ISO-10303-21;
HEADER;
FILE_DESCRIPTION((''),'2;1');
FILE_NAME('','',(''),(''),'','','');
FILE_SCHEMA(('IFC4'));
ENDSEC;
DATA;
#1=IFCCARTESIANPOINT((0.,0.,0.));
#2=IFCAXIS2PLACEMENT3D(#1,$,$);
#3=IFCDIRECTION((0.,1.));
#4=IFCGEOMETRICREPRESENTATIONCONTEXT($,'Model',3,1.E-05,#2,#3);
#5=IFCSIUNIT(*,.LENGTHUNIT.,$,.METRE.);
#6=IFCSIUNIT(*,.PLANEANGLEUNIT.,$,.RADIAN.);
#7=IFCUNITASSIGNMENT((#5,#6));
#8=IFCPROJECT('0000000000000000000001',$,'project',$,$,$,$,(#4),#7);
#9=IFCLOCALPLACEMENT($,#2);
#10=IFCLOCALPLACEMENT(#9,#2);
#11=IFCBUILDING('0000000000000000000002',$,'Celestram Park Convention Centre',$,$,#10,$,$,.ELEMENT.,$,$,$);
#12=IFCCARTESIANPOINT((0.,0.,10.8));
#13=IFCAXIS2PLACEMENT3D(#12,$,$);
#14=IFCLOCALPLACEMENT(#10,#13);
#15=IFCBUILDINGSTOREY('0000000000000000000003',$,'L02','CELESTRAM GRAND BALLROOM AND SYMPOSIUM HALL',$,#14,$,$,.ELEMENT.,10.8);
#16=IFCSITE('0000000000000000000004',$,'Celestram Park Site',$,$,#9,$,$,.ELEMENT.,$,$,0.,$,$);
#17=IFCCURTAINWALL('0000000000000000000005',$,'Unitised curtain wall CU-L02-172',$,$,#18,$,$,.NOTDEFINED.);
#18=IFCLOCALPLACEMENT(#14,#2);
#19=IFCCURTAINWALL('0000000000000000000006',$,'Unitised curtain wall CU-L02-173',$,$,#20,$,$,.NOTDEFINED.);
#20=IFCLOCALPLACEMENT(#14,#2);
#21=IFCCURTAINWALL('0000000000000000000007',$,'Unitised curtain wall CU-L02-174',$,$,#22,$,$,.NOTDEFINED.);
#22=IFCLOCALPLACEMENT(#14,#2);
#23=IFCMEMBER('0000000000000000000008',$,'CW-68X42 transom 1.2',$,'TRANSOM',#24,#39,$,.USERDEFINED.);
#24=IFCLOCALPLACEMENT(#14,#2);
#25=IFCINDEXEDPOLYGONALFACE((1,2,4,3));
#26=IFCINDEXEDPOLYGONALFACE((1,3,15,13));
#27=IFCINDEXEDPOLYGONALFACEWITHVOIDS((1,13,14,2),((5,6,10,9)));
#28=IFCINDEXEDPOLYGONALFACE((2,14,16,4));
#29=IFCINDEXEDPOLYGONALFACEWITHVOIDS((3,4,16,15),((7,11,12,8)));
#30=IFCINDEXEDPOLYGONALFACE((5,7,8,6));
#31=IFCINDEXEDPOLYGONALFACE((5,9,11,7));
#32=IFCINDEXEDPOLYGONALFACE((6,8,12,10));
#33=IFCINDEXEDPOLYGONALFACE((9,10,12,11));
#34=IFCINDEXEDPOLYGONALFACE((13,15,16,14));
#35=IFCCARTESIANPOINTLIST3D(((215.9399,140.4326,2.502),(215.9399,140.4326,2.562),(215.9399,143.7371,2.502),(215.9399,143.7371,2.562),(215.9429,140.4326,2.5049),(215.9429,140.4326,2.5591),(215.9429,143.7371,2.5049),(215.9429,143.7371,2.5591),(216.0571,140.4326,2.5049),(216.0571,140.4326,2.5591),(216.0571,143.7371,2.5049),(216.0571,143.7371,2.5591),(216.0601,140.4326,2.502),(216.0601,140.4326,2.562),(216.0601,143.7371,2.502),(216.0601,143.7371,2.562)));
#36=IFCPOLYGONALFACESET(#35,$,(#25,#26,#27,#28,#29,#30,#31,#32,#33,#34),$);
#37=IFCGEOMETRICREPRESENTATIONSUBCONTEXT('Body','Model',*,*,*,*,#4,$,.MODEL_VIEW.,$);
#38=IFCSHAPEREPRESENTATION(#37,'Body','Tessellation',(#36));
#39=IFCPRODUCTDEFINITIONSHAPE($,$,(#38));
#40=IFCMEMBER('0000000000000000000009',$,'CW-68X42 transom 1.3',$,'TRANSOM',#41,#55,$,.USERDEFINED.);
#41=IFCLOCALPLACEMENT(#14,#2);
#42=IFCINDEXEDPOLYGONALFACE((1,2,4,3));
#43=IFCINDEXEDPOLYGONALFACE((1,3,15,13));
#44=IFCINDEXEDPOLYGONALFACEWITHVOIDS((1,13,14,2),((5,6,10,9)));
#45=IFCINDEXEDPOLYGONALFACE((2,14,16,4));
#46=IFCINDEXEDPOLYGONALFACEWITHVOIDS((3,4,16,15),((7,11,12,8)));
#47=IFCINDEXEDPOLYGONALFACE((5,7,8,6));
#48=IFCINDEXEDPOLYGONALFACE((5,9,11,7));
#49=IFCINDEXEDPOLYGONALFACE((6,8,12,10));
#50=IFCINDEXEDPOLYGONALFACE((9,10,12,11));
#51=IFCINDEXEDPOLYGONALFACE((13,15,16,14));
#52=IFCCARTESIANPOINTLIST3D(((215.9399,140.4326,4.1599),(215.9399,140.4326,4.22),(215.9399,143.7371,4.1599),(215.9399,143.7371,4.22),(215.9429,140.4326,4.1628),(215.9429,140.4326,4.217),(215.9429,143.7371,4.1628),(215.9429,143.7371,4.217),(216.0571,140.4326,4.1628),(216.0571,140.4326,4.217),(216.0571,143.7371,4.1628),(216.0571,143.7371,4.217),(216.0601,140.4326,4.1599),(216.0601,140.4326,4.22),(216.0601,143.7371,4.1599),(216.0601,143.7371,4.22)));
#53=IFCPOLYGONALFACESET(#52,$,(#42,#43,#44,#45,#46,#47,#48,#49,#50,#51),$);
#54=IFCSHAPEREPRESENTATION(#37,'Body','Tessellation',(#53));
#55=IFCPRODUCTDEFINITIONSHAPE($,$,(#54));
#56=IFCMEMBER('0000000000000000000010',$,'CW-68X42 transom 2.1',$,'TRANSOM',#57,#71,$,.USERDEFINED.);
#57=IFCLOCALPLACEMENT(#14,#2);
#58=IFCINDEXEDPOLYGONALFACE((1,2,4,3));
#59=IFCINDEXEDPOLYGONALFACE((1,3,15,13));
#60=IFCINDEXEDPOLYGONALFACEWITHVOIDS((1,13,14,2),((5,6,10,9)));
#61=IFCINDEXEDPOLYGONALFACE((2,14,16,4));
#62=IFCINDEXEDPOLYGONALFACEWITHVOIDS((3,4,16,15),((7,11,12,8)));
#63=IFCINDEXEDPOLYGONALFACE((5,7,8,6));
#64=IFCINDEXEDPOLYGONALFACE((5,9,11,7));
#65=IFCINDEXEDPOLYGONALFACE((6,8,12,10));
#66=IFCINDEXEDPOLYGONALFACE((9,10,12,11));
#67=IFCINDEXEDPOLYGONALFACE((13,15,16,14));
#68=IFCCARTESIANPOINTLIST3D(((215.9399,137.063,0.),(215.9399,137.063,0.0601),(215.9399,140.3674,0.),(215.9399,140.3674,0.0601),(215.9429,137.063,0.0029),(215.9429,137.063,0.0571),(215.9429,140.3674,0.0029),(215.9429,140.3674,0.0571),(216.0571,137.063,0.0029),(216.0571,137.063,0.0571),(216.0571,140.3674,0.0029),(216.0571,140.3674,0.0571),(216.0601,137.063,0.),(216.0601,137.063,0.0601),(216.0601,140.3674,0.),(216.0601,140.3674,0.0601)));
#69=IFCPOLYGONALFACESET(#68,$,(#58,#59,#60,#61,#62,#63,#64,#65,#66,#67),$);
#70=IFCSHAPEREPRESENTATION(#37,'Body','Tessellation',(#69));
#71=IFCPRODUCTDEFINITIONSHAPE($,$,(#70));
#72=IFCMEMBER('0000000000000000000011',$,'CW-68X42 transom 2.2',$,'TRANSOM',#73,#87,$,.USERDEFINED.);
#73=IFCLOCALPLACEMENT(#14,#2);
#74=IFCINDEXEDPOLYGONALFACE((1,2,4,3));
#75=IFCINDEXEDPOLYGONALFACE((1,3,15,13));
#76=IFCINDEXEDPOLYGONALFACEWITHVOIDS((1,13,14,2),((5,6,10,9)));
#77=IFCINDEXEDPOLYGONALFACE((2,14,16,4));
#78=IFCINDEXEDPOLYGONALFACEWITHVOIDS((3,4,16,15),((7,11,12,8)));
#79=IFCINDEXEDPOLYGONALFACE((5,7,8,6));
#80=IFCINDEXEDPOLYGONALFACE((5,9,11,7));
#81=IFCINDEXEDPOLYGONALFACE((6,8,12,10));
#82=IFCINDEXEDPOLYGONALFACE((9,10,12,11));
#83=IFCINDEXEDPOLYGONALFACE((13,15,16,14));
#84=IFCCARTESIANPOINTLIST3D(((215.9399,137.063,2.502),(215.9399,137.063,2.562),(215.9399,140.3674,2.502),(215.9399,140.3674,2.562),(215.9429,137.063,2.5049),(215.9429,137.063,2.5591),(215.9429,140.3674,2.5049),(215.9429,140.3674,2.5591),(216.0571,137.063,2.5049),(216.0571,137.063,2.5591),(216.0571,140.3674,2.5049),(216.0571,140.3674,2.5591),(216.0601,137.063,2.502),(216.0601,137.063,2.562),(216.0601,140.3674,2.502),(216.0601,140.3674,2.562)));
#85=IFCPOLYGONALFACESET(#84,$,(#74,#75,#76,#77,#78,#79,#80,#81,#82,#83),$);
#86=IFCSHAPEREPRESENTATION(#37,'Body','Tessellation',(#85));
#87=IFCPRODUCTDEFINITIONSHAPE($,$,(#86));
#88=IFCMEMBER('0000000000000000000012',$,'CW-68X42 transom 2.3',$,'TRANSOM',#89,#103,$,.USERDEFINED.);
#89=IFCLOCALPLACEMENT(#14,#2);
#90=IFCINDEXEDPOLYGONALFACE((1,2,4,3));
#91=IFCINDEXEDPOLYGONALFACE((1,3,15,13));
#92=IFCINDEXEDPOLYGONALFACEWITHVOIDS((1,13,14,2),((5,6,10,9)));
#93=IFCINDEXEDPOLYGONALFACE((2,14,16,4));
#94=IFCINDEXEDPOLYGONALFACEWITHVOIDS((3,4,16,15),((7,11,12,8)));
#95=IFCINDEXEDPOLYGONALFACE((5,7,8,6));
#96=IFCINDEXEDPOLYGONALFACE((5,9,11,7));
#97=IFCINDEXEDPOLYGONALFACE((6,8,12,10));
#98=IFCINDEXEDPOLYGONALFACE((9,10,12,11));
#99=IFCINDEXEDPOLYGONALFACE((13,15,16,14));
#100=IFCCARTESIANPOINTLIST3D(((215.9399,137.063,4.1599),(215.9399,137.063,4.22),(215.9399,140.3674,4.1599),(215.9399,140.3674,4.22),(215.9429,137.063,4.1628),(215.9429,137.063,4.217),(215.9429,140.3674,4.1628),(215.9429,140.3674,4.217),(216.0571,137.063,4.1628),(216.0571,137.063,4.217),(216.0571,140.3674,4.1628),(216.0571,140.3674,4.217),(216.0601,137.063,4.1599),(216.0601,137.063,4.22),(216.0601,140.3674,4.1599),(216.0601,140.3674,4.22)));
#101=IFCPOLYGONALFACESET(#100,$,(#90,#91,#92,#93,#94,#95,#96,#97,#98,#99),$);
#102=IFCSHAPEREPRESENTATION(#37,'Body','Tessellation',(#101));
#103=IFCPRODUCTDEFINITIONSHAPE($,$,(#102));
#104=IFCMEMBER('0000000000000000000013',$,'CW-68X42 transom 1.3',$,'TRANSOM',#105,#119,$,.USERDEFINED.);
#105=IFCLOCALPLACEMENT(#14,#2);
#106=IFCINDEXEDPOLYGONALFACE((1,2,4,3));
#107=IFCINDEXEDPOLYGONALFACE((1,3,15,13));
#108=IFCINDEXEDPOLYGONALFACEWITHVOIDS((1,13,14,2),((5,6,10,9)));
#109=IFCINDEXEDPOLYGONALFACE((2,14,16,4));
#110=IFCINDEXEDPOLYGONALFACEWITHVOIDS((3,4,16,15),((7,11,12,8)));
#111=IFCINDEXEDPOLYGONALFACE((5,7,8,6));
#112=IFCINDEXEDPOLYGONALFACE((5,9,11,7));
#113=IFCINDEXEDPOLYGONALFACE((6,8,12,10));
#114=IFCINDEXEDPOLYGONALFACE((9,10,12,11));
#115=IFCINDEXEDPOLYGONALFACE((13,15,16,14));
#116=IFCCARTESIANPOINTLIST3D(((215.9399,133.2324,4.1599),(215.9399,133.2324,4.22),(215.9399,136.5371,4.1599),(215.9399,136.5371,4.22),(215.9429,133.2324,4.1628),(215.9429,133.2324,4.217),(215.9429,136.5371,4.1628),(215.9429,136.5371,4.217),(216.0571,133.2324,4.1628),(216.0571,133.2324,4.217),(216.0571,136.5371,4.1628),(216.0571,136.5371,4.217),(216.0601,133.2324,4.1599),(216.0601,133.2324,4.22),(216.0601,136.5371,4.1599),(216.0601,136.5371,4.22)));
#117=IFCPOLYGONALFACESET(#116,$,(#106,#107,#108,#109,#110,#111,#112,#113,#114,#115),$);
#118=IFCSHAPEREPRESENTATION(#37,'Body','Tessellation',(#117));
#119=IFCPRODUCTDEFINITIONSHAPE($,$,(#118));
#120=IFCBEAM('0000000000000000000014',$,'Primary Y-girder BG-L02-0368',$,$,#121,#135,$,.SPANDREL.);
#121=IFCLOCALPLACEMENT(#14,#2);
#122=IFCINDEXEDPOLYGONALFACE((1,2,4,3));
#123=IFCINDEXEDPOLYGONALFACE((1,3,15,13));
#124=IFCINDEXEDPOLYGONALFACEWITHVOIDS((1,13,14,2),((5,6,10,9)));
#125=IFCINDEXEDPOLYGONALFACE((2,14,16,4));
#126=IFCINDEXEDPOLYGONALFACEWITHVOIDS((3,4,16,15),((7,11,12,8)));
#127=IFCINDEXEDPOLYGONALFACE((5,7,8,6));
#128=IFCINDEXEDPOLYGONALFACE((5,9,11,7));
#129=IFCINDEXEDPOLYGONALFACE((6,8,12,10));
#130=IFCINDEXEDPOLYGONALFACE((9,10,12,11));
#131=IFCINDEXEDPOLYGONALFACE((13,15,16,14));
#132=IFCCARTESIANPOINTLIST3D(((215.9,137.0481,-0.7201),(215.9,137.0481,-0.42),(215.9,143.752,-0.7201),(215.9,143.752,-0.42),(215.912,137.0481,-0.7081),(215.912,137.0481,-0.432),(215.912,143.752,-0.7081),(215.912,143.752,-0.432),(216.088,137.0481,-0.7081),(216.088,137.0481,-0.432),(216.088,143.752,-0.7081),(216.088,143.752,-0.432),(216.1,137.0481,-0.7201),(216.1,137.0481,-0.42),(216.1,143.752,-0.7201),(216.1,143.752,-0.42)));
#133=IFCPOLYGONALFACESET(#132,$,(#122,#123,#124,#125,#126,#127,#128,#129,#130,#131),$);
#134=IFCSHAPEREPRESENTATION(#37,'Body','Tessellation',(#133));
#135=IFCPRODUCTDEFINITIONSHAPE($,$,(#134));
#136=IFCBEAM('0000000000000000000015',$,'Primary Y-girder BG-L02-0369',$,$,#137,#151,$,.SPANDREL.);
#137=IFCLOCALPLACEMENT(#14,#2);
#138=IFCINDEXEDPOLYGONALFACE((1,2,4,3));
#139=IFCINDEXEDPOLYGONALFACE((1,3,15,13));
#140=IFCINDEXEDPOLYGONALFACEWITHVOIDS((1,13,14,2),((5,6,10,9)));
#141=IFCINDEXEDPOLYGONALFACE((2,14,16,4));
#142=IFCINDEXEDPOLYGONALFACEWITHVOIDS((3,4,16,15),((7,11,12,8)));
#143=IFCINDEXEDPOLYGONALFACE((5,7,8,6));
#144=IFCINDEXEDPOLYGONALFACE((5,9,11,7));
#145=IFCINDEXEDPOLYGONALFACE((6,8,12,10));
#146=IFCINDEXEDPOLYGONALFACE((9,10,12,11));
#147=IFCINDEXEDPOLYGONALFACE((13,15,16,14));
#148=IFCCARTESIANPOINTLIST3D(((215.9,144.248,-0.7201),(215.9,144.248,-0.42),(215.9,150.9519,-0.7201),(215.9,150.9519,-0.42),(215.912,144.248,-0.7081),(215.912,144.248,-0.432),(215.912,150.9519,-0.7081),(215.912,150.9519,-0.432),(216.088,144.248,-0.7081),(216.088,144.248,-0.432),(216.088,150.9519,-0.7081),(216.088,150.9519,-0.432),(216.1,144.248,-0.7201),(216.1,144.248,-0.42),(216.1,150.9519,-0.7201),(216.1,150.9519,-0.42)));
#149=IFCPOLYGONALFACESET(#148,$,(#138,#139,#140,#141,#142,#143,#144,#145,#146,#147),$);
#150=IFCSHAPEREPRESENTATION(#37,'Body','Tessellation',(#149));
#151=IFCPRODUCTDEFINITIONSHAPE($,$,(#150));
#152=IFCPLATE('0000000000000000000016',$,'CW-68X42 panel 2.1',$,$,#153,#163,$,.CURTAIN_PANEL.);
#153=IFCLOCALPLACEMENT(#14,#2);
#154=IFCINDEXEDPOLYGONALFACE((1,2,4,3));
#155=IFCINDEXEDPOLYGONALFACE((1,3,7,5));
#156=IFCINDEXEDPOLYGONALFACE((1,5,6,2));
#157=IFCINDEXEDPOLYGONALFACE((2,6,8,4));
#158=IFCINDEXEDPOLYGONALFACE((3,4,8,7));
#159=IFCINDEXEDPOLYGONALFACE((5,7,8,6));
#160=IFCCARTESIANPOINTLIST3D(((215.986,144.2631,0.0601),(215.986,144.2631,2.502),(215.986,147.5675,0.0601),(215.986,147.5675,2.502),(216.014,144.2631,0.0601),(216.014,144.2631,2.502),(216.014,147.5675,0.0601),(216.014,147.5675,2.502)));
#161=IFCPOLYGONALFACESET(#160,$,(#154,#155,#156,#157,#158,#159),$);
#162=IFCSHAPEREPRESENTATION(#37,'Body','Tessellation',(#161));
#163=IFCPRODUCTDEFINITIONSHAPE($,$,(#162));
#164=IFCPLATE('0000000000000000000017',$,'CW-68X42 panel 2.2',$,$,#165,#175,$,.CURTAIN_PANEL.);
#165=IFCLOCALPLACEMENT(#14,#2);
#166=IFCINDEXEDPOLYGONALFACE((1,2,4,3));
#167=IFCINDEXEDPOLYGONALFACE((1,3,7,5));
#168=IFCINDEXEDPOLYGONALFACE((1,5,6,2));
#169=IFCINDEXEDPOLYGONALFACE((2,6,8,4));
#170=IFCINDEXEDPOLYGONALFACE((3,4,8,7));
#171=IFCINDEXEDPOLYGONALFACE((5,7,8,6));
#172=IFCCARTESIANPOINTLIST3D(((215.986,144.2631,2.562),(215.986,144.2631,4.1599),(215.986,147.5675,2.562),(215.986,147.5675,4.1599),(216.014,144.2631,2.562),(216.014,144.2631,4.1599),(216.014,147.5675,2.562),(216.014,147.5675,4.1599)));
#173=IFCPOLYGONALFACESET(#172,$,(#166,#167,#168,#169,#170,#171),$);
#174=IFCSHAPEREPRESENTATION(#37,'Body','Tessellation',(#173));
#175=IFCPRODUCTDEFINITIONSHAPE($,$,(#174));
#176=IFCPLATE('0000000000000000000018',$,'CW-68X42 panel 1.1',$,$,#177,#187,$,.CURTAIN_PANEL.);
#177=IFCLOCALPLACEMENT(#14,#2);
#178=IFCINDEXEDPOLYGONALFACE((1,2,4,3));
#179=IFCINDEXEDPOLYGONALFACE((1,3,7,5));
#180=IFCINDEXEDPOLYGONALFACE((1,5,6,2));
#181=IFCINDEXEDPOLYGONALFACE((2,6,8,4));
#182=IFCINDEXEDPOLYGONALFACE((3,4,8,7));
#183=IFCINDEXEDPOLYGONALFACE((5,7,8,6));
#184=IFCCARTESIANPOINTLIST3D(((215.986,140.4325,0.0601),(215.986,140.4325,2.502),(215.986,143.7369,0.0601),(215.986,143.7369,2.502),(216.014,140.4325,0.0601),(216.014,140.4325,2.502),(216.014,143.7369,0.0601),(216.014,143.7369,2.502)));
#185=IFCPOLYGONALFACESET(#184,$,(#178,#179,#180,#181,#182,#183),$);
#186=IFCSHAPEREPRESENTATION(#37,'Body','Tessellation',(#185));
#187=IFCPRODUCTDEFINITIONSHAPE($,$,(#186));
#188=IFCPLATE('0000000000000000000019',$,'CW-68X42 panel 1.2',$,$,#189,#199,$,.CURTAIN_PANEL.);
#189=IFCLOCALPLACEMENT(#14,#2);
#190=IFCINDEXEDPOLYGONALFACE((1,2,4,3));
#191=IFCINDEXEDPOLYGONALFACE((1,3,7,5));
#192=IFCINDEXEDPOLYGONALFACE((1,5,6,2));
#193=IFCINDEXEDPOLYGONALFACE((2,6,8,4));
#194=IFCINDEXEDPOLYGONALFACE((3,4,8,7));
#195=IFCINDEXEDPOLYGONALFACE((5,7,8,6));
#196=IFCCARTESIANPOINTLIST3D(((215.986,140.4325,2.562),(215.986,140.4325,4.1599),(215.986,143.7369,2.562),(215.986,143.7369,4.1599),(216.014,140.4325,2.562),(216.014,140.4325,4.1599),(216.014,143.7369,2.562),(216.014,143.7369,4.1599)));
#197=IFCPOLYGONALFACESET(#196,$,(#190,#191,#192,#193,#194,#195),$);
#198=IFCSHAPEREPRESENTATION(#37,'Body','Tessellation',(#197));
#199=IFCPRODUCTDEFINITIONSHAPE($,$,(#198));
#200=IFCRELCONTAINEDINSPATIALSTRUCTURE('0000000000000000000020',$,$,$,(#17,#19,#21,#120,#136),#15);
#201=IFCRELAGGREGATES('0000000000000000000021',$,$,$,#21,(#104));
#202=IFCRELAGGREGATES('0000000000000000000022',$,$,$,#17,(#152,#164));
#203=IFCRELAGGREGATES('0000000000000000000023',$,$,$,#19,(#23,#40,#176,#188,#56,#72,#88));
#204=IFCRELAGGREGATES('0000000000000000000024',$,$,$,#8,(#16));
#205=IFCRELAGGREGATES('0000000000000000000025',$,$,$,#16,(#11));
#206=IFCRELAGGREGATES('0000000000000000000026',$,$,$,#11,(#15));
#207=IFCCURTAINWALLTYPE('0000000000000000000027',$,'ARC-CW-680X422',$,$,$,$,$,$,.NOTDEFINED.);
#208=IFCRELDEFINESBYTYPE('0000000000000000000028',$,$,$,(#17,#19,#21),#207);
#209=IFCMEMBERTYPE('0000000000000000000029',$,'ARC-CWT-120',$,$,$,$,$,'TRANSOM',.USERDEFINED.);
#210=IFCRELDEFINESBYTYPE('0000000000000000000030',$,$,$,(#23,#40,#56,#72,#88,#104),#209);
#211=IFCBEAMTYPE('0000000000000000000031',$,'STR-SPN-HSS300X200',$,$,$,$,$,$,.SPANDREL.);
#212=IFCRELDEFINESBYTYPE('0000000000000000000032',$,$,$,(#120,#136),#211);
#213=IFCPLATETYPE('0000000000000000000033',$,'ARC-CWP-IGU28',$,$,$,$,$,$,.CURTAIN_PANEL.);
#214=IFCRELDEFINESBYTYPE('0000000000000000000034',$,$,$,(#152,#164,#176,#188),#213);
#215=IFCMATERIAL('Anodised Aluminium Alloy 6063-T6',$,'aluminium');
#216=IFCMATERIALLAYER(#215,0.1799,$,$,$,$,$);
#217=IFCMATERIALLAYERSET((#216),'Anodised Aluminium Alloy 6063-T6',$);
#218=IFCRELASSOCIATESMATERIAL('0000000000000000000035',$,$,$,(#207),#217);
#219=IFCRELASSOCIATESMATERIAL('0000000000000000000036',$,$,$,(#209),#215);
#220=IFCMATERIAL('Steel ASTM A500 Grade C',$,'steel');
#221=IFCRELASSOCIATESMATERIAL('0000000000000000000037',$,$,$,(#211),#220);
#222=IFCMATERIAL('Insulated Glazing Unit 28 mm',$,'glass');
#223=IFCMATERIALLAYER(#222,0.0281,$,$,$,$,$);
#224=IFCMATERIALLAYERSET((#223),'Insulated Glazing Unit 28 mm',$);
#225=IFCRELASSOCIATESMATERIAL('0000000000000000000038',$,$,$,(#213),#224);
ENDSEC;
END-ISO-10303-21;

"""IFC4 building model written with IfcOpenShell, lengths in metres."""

from ifc_helpers import new_model, si_unit, direction, frame, origin, origin_2d, place, context, subcontext, project, spatial, rectangle, hollow_rectangle, extrude, material, layer, layer_set, material_profile, profile_set, type_object, element, aggregate, save


model = new_model("IFC4")

# Units and contexts
model_context = context("Model", 3, precision=1e-05, world=origin(), true_north=direction((0.0, 1.0)))
body_context = subcontext(model_context, "Body", "Model", "MODEL_VIEW")
ifc_project = project(units=[si_unit("LENGTHUNIT", "METRE"), si_unit("PLANEANGLEUNIT", "RADIAN")], contexts=[model_context])

# Site, building, storey
site_placement = place(None, origin())
site = spatial("IfcSite", under=ifc_project, at=site_placement, Name="Celestram Park Site", CompositionType="ELEMENT", RefElevation=0.0)
building_placement = place(site_placement, origin())
building = spatial("IfcBuilding", under=site, at=building_placement, Name="Celestram Park Convention Centre", CompositionType="ELEMENT")
storey_placement = place(building_placement, frame((0.0, 0.0, 10.8)))
storey = spatial("IfcBuildingStorey", under=building, at=storey_placement, Name="L02", Description="CELESTRAM GRAND BALLROOM AND SYMPOSIUM HALL", CompositionType="ELEMENT", Elevation=10.8)

# Shared definitions
ifc_material_1 = material(Name="Steel ASTM A500 Grade C", Category="steel")

# Curtain wall
ifc_material_2 = material(Name="Anodised Aluminium Alloy 6063-T6", Category="aluminium")
ifc_layer_1 = layer(ifc_material_2, 0.1799)
ifc_layer_set_1 = layer_set([ifc_layer_1], Name="Anodised Aluminium Alloy 6063-T6")
curtain_wall_type = type_object("IfcCurtainWallType", Name="ARC-CW-680X422", PredefinedType="NOTDEFINED", material=ifc_layer_set_1)
curtain_wall_1_placement = place(storey_placement, origin())
curtain_wall_1 = element("IfcCurtainWall", 1, at=curtain_wall_1_placement, inside=storey, type_object=curtain_wall_type, Name="Unitised curtain wall CU-L02-172", PredefinedType="NOTDEFINED")

# Curtain wall
curtain_wall_2_placement = place(storey_placement, origin())
curtain_wall_2 = element("IfcCurtainWall", 2, at=curtain_wall_2_placement, inside=storey, type_object=curtain_wall_type, Name="Unitised curtain wall CU-L02-173", PredefinedType="NOTDEFINED")

# Curtain wall
curtain_wall_3_placement = place(storey_placement, origin())
curtain_wall_3 = element("IfcCurtainWall", 3, at=curtain_wall_3_placement, inside=storey, type_object=curtain_wall_type, Name="Unitised curtain wall CU-L02-174", PredefinedType="NOTDEFINED")

# Members
ifc_material_profile_1 = material_profile(ifc_material_2, hollow_rectangle(XDim=0.1201, YDim=0.0601, WallThickness=0.0029, at=origin_2d()), Name="ALU120X60X3")
ifc_profile_set_1 = profile_set([ifc_material_profile_1], Name="Anodised Aluminium Alloy 6063-T6")
member_type_1 = type_object("IfcMemberType", Name="ARC-CWT-120", ElementType="TRANSOM", PredefinedType="USERDEFINED", material=ifc_profile_set_1)
member_1_placement = place(storey_placement, frame((216.0, 143.7371, 2.532), z_axis=(0.0, -1.0, 0.0), x_axis=(1.0, 0.0, 0.0)))
member_1 = element("IfcMember", 4, at=member_1_placement, type_object=member_type_1, Name="CW-68X42 transom 1.2", ObjectType="TRANSOM", PredefinedType="USERDEFINED", context=body_context, shape_type="SweptSolid", body=[
    extrude(hollow_rectangle(XDim=0.1201, YDim=0.0601, WallThickness=0.0029, at=origin_2d()), origin(), (0.0, 0.0, 1.0), 3.3044),
])
member_2_placement = place(storey_placement, frame((216.0, 143.7371, 4.1899), z_axis=(0.0, -1.0, 0.0), x_axis=(1.0, 0.0, 0.0)))
member_2 = element("IfcMember", 5, at=member_2_placement, type_object=member_type_1, Name="CW-68X42 transom 1.3", ObjectType="TRANSOM", PredefinedType="USERDEFINED", context=body_context, shape_type="SweptSolid", body=[
    extrude(hollow_rectangle(XDim=0.1201, YDim=0.0601, WallThickness=0.0029, at=origin_2d()), origin(), (0.0, 0.0, 1.0), 3.3044),
])
member_3_placement = place(storey_placement, frame((216.0, 140.3674, 0.03), z_axis=(0.0, -1.0, 0.0), x_axis=(1.0, 0.0, 0.0)))
member_3 = element("IfcMember", 6, at=member_3_placement, type_object=member_type_1, Name="CW-68X42 transom 2.1", ObjectType="TRANSOM", PredefinedType="USERDEFINED", context=body_context, shape_type="SweptSolid", body=[
    extrude(hollow_rectangle(XDim=0.1201, YDim=0.0601, WallThickness=0.0029, at=origin_2d()), origin(), (0.0, 0.0, 1.0), 3.3044),
])
member_4_placement = place(storey_placement, frame((216.0, 140.3674, 2.532), z_axis=(0.0, -1.0, 0.0), x_axis=(1.0, 0.0, 0.0)))
member_4 = element("IfcMember", 7, at=member_4_placement, type_object=member_type_1, Name="CW-68X42 transom 2.2", ObjectType="TRANSOM", PredefinedType="USERDEFINED", context=body_context, shape_type="SweptSolid", body=[
    extrude(hollow_rectangle(XDim=0.1201, YDim=0.0601, WallThickness=0.0029, at=origin_2d()), origin(), (0.0, 0.0, 1.0), 3.3044),
])
member_5_placement = place(storey_placement, frame((216.0, 140.3674, 4.1899), z_axis=(0.0, -1.0, 0.0), x_axis=(1.0, 0.0, 0.0)))
member_5 = element("IfcMember", 8, at=member_5_placement, type_object=member_type_1, Name="CW-68X42 transom 2.3", ObjectType="TRANSOM", PredefinedType="USERDEFINED", context=body_context, shape_type="SweptSolid", body=[
    extrude(hollow_rectangle(XDim=0.1201, YDim=0.0601, WallThickness=0.0029, at=origin_2d()), origin(), (0.0, 0.0, 1.0), 3.3044),
])
member_6_placement = place(storey_placement, frame((216.0, 136.5371, 4.1899), z_axis=(0.0, -1.0, 0.0), x_axis=(1.0, 0.0, 0.0)))
member_6 = element("IfcMember", 9, at=member_6_placement, type_object=member_type_1, Name="CW-68X42 transom 1.3", ObjectType="TRANSOM", PredefinedType="USERDEFINED", context=body_context, shape_type="SweptSolid", body=[
    extrude(hollow_rectangle(XDim=0.1201, YDim=0.0601, WallThickness=0.0029, at=origin_2d()), origin(), (0.0, 0.0, 1.0), 3.3047),
])
aggregate(curtain_wall_3, [member_6])

# Beams
ifc_material_profile_2 = material_profile(ifc_material_1, hollow_rectangle(XDim=0.2, YDim=0.3, WallThickness=0.012, at=origin_2d()), Name="HSS300X200X12")
ifc_profile_set_2 = profile_set([ifc_material_profile_2], Name="Steel ASTM A500 Grade C")
beam_type = type_object("IfcBeamType", Name="STR-SPN-HSS300X200", PredefinedType="SPANDREL", material=ifc_profile_set_2)
for number, where, z_axis, x_axis, name in (
    (10, (216.0, 137.0481, -0.5701), (0.0, 1.0, 0.0), (-1.0, 0.0, 0.0), "Primary Y-girder BG-L02-0368"),
    (11, (216.0, 144.248, -0.5701), (0.0, 1.0, 0.0), (-1.0, 0.0, 0.0), "Primary Y-girder BG-L02-0369"),
):
    element("IfcBeam", number, at=place(storey_placement, frame(where, z_axis=z_axis, x_axis=x_axis)), inside=storey, type_object=beam_type, Name=name, PredefinedType="SPANDREL", context=body_context, shape_type="SweptSolid", body=[
        extrude(hollow_rectangle(XDim=0.2, YDim=0.3, WallThickness=0.012, at=origin_2d()), origin(), (0.0, 0.0, 1.0), 6.7039),
    ])

# Plates
ifc_material_3 = material(Name="Insulated Glazing Unit 28 mm", Category="glass")
ifc_layer_2 = layer(ifc_material_3, 0.0281)
ifc_layer_set_2 = layer_set([ifc_layer_2], Name="Insulated Glazing Unit 28 mm")
plate_type = type_object("IfcPlateType", Name="ARC-CWP-IGU28", PredefinedType="CURTAIN_PANEL", material=ifc_layer_set_2)
plate_1_placement = place(storey_placement, frame((216.0, 145.9153, 0.0601), z_axis=(0.0, 0.0, 1.0), x_axis=(0.0, -1.0, 0.0)))
plate_1 = element("IfcPlate", 12, at=plate_1_placement, type_object=plate_type, Name="CW-68X42 panel 2.1", PredefinedType="CURTAIN_PANEL", context=body_context, shape_type="SweptSolid", body=[
    extrude(rectangle(XDim=3.3044, YDim=0.0281, at=origin_2d()), origin(), (0.0, 0.0, 1.0), 2.4419),
])
plate_2_placement = place(storey_placement, frame((216.0, 145.9153, 2.562), z_axis=(0.0, 0.0, 1.0), x_axis=(0.0, -1.0, 0.0)))
plate_2 = element("IfcPlate", 13, at=plate_2_placement, type_object=plate_type, Name="CW-68X42 panel 2.2", PredefinedType="CURTAIN_PANEL", context=body_context, shape_type="SweptSolid", body=[
    extrude(rectangle(XDim=3.3044, YDim=0.0281, at=origin_2d()), origin(), (0.0, 0.0, 1.0), 1.5979),
])
aggregate(curtain_wall_1, [plate_1, plate_2])
plate_3_placement = place(storey_placement, frame((216.0, 142.0847, 0.0601), z_axis=(0.0, 0.0, 1.0), x_axis=(0.0, -1.0, 0.0)))
plate_3 = element("IfcPlate", 14, at=plate_3_placement, type_object=plate_type, Name="CW-68X42 panel 1.1", PredefinedType="CURTAIN_PANEL", context=body_context, shape_type="SweptSolid", body=[
    extrude(rectangle(XDim=3.3044, YDim=0.0281, at=origin_2d()), origin(), (0.0, 0.0, 1.0), 2.4419),
])
plate_4_placement = place(storey_placement, frame((216.0, 142.0847, 2.562), z_axis=(0.0, 0.0, 1.0), x_axis=(0.0, -1.0, 0.0)))
plate_4 = element("IfcPlate", 15, at=plate_4_placement, type_object=plate_type, Name="CW-68X42 panel 1.2", PredefinedType="CURTAIN_PANEL", context=body_context, shape_type="SweptSolid", body=[
    extrude(rectangle(XDim=3.3044, YDim=0.0281, at=origin_2d()), origin(), (0.0, 0.0, 1.0), 1.5979),
])
aggregate(curtain_wall_2, [member_1, member_2, plate_3, plate_4, member_3, member_4, member_5])

save(model, "model.ifc")
